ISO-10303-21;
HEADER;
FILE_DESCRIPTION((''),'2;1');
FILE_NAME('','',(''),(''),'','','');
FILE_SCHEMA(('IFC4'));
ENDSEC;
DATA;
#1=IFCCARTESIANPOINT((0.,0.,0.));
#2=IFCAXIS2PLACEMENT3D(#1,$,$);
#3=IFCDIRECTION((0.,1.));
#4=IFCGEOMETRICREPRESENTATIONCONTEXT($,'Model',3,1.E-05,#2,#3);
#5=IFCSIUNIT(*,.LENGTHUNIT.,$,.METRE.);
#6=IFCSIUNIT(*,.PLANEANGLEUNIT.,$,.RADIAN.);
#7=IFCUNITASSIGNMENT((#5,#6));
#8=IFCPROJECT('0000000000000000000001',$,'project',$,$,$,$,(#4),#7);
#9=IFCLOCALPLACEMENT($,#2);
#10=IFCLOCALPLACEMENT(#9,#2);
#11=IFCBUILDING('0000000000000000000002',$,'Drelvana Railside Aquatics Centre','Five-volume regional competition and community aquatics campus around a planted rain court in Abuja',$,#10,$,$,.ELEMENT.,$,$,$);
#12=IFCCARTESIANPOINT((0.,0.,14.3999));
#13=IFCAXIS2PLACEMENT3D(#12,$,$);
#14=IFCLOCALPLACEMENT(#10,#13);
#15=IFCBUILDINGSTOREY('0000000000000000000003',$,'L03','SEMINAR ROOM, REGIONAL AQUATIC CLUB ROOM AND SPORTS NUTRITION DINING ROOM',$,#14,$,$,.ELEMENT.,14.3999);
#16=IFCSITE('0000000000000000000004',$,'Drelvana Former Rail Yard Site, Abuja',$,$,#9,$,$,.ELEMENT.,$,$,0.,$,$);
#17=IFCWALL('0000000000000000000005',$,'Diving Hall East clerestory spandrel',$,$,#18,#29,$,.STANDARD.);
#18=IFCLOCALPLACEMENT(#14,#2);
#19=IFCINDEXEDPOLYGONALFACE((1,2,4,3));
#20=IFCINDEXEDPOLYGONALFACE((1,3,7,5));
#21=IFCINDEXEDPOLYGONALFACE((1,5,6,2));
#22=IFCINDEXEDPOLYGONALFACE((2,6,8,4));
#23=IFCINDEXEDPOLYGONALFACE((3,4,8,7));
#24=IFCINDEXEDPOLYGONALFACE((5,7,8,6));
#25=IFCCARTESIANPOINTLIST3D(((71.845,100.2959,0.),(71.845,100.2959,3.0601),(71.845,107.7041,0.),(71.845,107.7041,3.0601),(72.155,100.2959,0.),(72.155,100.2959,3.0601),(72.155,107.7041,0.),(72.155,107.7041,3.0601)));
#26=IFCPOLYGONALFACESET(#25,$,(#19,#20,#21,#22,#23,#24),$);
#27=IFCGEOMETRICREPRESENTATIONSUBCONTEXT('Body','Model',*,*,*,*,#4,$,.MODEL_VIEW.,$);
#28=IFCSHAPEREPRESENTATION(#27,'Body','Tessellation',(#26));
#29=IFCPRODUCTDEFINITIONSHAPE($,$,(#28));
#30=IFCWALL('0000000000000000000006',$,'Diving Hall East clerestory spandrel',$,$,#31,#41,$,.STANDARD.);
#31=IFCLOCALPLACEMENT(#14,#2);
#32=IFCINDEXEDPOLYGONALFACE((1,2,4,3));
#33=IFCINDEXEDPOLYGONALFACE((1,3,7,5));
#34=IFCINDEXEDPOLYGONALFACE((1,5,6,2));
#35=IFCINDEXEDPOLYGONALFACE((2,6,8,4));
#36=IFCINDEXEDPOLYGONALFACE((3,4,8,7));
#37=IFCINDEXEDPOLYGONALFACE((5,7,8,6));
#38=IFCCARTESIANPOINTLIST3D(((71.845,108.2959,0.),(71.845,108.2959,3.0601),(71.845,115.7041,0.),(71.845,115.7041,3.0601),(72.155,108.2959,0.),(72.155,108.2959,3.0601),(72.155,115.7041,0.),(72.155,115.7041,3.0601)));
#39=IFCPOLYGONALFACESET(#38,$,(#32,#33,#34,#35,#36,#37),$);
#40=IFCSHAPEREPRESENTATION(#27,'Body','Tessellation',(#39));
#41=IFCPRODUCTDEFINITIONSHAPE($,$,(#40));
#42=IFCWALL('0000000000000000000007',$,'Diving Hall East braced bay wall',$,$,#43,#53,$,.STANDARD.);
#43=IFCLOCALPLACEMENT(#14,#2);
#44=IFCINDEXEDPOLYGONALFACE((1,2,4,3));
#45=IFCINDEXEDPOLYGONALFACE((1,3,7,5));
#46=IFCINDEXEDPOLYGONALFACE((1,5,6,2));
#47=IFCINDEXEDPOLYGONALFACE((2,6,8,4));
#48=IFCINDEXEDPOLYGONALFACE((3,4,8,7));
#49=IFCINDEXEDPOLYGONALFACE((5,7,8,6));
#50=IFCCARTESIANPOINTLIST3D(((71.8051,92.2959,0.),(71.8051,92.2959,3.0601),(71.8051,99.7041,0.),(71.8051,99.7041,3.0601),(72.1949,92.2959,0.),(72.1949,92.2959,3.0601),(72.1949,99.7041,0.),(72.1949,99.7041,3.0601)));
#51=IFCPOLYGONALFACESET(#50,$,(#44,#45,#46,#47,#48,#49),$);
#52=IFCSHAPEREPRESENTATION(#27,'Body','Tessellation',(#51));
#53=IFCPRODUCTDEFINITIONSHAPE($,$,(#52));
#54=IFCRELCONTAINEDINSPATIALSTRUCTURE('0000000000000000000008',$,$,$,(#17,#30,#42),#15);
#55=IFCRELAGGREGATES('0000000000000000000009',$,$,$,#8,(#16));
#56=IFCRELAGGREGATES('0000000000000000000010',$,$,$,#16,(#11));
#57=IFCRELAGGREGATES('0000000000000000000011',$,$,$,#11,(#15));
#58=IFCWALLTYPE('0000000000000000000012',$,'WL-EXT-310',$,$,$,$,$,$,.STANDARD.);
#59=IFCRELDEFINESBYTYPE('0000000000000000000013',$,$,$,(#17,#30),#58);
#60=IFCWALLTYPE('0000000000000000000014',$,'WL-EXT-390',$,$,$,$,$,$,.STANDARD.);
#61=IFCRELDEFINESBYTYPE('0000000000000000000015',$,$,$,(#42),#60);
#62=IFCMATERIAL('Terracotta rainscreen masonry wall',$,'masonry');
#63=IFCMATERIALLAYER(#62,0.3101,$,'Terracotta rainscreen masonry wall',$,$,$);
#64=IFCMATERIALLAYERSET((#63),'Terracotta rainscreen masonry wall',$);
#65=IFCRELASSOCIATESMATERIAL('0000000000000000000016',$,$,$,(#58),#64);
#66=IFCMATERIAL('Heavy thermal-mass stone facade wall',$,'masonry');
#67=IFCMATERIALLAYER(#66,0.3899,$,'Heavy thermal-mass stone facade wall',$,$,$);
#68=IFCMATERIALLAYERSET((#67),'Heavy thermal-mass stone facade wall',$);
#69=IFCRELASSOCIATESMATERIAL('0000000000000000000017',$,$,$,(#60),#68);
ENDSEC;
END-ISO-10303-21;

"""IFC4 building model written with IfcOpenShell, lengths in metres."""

from ifc_helpers import new_model, si_unit, direction, frame, frame_2d, origin, place, context, subcontext, project, spatial, rectangle, extrude, material, layer, layer_set, type_object, element, save


model = new_model("IFC4")

# Units and contexts
model_context = context("Model", 3, precision=1e-05, world=origin(), true_north=direction((0.0, 1.0)))
body_context = subcontext(model_context, "Body", "Model", "MODEL_VIEW")
ifc_project = project(units=[si_unit("LENGTHUNIT", "METRE"), si_unit("PLANEANGLEUNIT", "RADIAN")], contexts=[model_context])

# Site, building, storey
site_placement = place(None, origin())
site = spatial("IfcSite", under=ifc_project, at=site_placement, Name="Drelvana Former Rail Yard Site, Abuja", CompositionType="ELEMENT", RefElevation=0.0)
building_placement = place(site_placement, origin())
building = spatial("IfcBuilding", under=site, at=building_placement, Name="Drelvana Railside Aquatics Centre", Description="Five-volume regional competition and community aquatics campus around a planted rain court in Abuja", CompositionType="ELEMENT")
storey_placement = place(building_placement, frame((0.0, 0.0, 14.3999)))
storey = spatial("IfcBuildingStorey", under=building, at=storey_placement, Name="L03", Description="SEMINAR ROOM, REGIONAL AQUATIC CLUB ROOM AND SPORTS NUTRITION DINING ROOM", CompositionType="ELEMENT", Elevation=14.3999)

# Walls
ifc_material_1 = material(Name="Terracotta rainscreen masonry wall", Category="masonry")
ifc_layer_1 = layer(ifc_material_1, 0.3101, Name="Terracotta rainscreen masonry wall")
ifc_layer_set_1 = layer_set([ifc_layer_1], Name="Terracotta rainscreen masonry wall")
wall_type_1 = type_object("IfcWallType", Name="WL-EXT-310", PredefinedType="STANDARD", material=ifc_layer_set_1)
for number, where, z_axis, x_axis, name in (
    (1, (72.0, 100.2959, 0.0), (0.0, 0.0, 1.0), (0.0, 1.0, 0.0), "Diving Hall East clerestory spandrel"),
    (2, (72.0, 108.2959, 0.0), (0.0, 0.0, 1.0), (0.0, 1.0, 0.0), "Diving Hall East clerestory spandrel"),
):
    element("IfcWall", number, at=place(storey_placement, frame(where, z_axis=z_axis, x_axis=x_axis)), inside=storey, type_object=wall_type_1, Name=name, PredefinedType="STANDARD", context=body_context, shape_type="SweptSolid", body=[
        extrude(rectangle(XDim=7.4082, YDim=0.3101, at=frame_2d((3.7041, 0.0))), origin(), (0.0, 0.0, 1.0), 3.0601),
    ])
ifc_material_2 = material(Name="Heavy thermal-mass stone facade wall", Category="masonry")
ifc_layer_2 = layer(ifc_material_2, 0.3899, Name="Heavy thermal-mass stone facade wall")
ifc_layer_set_2 = layer_set([ifc_layer_2], Name="Heavy thermal-mass stone facade wall")
wall_type_2 = type_object("IfcWallType", Name="WL-EXT-390", PredefinedType="STANDARD", material=ifc_layer_set_2)
wall_1_placement = place(storey_placement, frame((72.0, 92.2959, 0.0), z_axis=(0.0, 0.0, 1.0), x_axis=(0.0, 1.0, 0.0)))
element("IfcWall", 3, at=wall_1_placement, inside=storey, type_object=wall_type_2, Name="Diving Hall East braced bay wall", PredefinedType="STANDARD", context=body_context, shape_type="SweptSolid", body=[
    extrude(rectangle(XDim=7.4082, YDim=0.3899, at=frame_2d((3.7041, 0.0))), origin(), (0.0, 0.0, 1.0), 3.0601),
])

save(model, "model.ifc")
